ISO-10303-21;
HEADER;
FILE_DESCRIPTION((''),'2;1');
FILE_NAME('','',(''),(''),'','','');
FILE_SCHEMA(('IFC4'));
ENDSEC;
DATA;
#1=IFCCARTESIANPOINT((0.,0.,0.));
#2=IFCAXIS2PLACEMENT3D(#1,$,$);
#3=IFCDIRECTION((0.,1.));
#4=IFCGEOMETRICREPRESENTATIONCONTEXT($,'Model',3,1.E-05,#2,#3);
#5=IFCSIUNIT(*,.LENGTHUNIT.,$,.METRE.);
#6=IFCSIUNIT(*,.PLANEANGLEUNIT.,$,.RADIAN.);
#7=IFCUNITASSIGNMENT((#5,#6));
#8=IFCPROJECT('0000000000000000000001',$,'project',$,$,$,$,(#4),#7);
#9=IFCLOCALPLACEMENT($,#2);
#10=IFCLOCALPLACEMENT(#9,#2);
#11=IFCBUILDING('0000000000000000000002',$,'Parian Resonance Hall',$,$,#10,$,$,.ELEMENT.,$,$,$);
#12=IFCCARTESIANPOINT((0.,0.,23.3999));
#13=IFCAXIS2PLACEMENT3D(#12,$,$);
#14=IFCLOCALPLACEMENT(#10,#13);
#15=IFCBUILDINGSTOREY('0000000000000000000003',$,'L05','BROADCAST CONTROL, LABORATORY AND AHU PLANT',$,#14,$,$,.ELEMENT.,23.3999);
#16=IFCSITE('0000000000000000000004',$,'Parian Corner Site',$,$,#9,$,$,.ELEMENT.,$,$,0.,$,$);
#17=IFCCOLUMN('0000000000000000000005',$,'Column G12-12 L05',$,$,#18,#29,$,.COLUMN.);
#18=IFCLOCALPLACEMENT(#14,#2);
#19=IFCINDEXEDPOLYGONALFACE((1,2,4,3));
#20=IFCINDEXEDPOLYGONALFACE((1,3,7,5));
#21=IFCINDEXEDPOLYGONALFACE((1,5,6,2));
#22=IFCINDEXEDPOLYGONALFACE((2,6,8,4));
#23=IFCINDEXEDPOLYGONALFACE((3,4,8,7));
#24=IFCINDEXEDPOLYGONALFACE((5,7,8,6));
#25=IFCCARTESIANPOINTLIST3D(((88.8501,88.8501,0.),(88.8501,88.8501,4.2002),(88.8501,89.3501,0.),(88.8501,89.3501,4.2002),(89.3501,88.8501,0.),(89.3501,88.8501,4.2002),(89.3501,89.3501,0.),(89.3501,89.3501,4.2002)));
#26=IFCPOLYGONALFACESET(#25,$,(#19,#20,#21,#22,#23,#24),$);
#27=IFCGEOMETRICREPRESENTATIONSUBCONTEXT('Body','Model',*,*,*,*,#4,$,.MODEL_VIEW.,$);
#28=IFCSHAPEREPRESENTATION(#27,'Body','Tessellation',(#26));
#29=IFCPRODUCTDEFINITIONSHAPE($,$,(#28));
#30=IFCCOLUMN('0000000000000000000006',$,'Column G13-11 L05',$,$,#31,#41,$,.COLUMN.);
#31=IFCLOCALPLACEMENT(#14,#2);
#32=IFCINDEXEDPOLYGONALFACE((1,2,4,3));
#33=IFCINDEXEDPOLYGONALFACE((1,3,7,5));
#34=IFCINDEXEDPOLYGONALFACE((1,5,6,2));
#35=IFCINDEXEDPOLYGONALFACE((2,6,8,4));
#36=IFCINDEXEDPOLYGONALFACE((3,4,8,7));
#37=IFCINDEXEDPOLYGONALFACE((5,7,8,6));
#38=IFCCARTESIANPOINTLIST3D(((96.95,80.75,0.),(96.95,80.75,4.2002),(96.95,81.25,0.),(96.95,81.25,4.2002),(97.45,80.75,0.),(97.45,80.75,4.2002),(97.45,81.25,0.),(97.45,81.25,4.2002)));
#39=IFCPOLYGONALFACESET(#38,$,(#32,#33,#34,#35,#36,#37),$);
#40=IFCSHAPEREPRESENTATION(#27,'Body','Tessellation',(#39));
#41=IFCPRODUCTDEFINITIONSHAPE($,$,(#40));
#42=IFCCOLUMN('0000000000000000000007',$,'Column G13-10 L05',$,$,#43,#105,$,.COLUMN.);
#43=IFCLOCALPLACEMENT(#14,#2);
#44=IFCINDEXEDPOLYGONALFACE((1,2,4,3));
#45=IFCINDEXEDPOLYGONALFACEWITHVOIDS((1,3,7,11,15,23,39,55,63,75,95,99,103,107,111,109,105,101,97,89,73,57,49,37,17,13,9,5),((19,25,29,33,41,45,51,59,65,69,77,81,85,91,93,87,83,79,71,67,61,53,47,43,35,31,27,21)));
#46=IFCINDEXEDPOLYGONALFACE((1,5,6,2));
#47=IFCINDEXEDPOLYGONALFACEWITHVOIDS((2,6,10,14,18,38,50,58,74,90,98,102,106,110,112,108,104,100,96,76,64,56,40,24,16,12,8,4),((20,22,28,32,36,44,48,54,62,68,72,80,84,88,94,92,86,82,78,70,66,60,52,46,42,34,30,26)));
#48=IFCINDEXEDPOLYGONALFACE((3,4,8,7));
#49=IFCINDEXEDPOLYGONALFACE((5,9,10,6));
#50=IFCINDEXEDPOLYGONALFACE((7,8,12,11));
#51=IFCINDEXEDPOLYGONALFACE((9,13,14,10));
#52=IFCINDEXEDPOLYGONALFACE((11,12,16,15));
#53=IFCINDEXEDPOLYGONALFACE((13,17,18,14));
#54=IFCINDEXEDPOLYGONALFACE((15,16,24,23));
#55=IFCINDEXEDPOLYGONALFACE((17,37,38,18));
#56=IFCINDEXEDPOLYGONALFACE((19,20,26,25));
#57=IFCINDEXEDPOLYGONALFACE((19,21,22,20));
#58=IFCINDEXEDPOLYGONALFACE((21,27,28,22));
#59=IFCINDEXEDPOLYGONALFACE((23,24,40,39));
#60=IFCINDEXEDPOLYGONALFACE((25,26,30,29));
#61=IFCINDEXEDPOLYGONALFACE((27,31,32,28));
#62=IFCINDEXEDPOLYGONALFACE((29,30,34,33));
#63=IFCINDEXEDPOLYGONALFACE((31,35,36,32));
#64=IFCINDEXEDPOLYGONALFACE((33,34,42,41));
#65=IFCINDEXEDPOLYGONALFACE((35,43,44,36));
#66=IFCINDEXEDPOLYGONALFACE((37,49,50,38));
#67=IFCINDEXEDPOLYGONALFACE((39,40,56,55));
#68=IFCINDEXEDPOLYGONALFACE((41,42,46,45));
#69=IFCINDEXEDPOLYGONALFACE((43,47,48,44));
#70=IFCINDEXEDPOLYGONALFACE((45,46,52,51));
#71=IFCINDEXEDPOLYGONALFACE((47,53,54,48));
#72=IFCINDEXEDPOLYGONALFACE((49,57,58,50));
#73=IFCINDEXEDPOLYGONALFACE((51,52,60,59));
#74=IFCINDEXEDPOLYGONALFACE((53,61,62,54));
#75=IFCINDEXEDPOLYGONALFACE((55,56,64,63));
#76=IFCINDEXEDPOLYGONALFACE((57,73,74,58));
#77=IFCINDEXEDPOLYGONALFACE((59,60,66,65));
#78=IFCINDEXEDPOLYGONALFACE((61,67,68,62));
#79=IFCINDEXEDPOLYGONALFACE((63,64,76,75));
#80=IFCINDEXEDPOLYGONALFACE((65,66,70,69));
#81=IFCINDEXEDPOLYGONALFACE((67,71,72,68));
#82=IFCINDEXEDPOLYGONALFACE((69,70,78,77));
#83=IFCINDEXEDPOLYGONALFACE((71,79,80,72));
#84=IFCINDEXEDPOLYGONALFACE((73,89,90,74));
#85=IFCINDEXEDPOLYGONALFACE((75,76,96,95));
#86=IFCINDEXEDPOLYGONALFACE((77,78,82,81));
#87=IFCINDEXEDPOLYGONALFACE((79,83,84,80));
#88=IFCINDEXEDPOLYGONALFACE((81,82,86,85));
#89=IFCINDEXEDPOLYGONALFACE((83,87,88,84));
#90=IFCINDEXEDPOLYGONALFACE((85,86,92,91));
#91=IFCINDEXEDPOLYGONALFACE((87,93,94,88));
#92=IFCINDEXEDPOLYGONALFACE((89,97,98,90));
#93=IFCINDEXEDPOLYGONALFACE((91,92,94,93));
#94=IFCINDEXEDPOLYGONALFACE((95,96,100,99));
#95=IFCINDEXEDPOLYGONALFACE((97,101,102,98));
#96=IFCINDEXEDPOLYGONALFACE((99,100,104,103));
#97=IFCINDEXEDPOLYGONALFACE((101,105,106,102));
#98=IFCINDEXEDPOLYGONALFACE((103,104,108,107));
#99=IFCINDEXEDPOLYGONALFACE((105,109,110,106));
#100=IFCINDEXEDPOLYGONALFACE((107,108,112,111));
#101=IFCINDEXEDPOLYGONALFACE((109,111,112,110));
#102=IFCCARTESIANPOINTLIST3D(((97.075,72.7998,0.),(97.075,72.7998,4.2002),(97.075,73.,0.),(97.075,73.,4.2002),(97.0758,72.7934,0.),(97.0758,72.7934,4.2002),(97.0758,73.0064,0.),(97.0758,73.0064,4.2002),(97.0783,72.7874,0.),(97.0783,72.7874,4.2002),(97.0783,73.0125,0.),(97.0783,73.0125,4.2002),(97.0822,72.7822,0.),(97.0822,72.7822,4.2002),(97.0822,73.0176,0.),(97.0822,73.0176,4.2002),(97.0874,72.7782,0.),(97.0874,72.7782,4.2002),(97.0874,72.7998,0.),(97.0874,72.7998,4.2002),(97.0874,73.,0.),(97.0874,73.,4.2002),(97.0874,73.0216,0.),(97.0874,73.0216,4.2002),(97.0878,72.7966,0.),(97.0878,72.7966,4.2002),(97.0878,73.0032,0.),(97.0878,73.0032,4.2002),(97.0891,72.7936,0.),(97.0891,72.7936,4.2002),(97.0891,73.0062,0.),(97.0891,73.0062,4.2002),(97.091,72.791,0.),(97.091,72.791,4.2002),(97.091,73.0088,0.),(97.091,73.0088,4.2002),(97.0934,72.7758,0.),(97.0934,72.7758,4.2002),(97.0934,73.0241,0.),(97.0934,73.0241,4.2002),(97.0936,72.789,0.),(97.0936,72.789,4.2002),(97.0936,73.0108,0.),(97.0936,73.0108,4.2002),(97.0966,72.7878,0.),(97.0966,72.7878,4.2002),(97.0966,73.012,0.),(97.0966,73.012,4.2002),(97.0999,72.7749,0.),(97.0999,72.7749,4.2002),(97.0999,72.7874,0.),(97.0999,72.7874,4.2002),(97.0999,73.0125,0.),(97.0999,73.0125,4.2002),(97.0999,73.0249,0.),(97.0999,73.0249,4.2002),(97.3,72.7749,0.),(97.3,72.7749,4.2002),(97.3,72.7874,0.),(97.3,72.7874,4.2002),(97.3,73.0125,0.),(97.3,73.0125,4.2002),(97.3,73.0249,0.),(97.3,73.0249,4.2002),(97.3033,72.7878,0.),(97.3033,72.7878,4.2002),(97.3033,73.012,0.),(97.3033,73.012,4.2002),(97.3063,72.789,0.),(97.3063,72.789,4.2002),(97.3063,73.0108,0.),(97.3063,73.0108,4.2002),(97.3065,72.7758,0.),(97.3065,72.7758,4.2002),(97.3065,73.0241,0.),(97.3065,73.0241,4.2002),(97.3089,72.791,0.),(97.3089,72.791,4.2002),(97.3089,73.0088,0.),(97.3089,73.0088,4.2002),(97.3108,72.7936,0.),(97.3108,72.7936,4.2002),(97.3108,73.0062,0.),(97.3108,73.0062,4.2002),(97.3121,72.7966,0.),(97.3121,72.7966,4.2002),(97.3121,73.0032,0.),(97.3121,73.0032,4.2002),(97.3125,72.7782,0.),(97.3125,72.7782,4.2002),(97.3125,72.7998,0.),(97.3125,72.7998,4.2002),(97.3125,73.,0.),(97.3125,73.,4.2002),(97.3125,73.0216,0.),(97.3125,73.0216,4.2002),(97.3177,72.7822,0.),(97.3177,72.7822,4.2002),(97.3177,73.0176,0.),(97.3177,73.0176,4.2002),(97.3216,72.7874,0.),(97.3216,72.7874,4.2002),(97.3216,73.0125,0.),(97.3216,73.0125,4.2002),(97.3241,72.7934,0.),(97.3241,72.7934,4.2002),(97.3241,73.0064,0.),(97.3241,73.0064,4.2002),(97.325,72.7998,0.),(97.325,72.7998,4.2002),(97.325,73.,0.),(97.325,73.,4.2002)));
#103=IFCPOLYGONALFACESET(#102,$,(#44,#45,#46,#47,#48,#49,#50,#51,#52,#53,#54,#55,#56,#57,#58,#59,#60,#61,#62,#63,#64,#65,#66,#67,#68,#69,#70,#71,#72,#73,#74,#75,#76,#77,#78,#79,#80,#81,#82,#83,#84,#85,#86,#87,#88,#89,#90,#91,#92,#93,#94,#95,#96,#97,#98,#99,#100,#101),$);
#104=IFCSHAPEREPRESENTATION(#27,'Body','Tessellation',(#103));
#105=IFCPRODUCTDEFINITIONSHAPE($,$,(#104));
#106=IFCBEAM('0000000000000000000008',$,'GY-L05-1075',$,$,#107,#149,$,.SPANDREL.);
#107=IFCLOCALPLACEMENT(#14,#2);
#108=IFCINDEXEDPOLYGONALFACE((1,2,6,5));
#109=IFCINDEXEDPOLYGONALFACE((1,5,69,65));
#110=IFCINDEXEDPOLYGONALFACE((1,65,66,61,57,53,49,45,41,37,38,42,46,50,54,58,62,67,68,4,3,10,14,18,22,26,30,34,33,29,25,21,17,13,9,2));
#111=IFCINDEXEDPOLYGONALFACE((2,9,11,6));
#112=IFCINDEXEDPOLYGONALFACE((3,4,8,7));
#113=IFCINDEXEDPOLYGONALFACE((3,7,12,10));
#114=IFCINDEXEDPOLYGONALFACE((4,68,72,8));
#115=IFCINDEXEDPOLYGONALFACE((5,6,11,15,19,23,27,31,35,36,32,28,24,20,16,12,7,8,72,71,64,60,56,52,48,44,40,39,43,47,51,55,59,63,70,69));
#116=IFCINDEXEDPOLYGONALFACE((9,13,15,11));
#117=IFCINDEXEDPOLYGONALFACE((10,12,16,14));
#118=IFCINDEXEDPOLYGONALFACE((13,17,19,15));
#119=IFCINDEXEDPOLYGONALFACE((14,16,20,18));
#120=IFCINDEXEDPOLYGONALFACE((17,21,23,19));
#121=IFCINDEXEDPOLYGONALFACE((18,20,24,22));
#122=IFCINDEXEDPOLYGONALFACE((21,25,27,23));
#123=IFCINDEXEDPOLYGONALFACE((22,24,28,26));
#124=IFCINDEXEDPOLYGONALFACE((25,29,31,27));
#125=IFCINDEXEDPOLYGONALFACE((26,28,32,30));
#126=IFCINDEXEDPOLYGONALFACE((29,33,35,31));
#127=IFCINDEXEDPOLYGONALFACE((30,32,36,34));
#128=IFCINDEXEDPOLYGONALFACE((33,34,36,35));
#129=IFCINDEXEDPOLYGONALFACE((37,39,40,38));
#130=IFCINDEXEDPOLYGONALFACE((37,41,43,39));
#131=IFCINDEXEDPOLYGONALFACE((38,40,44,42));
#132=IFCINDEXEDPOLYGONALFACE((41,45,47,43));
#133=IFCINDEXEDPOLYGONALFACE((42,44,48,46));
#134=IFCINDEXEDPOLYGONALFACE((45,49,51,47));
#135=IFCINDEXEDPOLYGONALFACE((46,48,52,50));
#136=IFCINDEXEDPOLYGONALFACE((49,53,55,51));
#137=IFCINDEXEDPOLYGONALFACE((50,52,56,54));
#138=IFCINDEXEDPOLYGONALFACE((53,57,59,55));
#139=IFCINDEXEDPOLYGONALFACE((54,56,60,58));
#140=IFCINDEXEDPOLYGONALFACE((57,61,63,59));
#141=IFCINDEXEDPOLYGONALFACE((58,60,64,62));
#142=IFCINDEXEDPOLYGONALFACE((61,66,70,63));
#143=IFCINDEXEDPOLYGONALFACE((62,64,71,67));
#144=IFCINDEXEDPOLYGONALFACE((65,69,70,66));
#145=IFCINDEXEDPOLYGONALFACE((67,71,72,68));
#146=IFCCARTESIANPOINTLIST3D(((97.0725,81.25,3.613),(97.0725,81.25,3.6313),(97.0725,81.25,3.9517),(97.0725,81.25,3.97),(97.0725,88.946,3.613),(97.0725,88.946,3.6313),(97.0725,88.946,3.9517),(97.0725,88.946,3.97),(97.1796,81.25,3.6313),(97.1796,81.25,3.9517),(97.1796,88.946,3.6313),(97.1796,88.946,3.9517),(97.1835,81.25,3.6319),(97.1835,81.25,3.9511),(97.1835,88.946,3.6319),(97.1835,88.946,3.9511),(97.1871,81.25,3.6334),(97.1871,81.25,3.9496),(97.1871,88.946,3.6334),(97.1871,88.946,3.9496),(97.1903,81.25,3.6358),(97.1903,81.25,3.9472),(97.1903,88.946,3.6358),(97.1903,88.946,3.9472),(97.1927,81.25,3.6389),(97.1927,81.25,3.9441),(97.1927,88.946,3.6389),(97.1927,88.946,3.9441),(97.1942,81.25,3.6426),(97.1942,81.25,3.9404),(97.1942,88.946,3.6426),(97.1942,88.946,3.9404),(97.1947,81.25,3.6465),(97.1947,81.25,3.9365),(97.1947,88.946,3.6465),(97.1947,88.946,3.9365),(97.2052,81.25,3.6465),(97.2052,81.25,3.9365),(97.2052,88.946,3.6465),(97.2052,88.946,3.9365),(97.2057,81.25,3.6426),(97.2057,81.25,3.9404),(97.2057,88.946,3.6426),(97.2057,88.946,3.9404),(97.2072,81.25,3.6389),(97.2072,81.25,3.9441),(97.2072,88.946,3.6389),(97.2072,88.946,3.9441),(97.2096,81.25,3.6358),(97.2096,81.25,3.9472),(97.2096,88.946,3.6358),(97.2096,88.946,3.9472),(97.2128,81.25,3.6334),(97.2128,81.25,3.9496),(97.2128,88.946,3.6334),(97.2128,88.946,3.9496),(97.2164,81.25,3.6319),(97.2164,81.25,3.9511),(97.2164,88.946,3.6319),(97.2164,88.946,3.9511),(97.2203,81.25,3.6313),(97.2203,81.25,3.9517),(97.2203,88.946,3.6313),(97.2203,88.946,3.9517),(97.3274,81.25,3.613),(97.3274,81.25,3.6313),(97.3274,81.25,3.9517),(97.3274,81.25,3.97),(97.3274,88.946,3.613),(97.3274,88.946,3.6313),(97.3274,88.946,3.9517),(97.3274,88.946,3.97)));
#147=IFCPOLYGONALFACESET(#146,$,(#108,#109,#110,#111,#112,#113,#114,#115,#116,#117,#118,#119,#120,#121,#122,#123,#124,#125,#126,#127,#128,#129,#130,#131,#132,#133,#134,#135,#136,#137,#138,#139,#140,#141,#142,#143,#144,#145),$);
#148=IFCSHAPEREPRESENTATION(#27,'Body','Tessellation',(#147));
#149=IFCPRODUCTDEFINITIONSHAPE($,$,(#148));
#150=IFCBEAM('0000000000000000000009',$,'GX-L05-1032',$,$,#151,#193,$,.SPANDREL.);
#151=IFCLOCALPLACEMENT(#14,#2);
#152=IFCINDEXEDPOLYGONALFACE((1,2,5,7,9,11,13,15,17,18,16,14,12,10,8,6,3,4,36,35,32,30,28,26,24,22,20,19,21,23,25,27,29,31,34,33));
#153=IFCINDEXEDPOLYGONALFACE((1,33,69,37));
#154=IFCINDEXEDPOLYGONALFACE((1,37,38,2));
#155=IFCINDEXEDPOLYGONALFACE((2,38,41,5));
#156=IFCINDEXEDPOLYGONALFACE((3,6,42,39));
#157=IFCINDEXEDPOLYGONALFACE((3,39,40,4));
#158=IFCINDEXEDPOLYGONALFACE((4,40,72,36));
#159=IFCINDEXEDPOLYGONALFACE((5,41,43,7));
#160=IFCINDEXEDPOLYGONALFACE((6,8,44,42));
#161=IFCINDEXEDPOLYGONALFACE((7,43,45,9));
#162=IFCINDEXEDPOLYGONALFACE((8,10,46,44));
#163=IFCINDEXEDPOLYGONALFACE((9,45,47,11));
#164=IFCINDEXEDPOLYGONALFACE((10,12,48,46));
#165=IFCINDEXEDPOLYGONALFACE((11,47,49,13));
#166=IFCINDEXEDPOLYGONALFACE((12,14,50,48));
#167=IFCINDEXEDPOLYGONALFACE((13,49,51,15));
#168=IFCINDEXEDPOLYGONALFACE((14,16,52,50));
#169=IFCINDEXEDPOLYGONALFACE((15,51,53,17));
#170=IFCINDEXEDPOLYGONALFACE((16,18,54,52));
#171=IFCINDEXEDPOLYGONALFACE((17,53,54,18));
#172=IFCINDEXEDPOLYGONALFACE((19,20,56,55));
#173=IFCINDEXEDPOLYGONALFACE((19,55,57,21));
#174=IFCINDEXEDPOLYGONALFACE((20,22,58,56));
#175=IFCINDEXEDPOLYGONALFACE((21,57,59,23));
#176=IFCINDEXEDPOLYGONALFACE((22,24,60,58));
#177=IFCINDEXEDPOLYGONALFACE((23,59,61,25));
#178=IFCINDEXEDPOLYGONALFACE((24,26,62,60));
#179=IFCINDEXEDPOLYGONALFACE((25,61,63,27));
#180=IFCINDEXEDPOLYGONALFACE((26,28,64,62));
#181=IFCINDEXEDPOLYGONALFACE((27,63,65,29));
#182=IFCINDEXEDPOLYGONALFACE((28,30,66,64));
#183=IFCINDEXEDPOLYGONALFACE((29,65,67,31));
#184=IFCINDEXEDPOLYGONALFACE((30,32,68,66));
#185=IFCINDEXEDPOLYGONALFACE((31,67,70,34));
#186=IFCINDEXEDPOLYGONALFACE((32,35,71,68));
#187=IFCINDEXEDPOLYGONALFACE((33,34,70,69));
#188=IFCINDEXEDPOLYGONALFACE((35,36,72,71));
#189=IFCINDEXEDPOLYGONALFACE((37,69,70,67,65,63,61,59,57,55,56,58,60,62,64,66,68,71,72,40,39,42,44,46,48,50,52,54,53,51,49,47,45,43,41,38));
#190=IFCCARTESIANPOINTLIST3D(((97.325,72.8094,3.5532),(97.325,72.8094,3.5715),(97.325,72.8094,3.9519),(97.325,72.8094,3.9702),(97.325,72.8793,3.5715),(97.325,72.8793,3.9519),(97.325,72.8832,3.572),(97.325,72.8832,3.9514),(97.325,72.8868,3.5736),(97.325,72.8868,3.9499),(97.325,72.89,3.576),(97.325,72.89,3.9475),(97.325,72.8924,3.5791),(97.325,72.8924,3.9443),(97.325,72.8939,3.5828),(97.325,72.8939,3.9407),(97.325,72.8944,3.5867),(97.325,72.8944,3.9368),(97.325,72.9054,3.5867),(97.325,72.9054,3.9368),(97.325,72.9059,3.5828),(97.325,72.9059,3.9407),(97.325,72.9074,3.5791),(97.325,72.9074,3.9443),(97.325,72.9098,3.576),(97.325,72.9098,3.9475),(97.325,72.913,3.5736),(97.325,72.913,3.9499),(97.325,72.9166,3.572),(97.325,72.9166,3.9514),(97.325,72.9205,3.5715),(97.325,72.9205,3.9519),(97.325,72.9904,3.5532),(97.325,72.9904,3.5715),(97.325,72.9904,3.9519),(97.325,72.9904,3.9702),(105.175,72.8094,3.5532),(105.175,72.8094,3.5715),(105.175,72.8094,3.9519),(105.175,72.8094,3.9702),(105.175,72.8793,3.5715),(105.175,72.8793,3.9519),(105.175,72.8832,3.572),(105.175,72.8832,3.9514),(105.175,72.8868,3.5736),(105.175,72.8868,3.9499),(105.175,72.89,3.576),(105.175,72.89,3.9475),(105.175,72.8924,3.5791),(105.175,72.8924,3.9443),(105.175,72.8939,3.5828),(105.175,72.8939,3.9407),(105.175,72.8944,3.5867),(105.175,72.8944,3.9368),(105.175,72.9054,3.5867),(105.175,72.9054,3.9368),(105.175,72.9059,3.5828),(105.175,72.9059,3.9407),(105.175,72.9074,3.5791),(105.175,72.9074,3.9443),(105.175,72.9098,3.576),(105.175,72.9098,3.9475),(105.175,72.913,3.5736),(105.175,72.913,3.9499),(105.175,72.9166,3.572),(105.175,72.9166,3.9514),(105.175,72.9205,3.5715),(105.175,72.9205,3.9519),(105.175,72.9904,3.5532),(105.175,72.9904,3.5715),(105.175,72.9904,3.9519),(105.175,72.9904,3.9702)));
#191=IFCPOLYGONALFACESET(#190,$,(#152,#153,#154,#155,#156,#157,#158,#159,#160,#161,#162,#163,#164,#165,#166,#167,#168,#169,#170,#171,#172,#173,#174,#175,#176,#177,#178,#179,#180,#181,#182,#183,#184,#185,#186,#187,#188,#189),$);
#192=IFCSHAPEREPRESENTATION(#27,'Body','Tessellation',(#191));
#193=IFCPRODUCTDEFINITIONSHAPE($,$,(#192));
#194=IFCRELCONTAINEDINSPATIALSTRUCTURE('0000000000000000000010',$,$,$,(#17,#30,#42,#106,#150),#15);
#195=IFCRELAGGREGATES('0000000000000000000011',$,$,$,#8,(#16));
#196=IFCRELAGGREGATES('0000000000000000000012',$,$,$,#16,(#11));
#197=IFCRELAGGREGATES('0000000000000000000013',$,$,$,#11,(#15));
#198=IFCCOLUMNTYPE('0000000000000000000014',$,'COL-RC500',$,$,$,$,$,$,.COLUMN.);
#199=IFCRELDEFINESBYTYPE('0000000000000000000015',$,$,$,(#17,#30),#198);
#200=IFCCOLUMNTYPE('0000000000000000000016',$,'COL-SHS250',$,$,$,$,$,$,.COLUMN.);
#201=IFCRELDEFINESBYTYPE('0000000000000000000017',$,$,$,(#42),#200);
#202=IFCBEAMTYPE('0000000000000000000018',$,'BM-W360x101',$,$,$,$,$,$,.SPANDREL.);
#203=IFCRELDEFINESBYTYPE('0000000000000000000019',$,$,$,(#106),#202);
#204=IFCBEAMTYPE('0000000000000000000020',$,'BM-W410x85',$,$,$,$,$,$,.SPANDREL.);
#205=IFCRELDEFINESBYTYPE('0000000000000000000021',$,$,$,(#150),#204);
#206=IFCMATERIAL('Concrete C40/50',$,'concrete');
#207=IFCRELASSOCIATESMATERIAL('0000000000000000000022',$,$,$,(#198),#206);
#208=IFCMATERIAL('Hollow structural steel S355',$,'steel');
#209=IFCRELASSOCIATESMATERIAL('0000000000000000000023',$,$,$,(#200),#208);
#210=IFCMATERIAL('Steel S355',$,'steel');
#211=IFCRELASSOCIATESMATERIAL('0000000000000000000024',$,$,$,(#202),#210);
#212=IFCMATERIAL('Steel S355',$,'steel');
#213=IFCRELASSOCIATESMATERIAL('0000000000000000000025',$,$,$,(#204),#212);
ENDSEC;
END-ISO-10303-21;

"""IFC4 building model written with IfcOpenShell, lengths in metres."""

from ifc_helpers import new_model, si_unit, direction, frame, origin, origin_2d, place, context, subcontext, project, spatial, rectangle, hollow_rectangle, i_section, extrude, material, material_profile, profile_set, type_object, element, save


model = new_model("IFC4")

# Units and contexts
model_context = context("Model", 3, precision=1e-05, world=origin(), true_north=direction((0.0, 1.0)))
body_context = subcontext(model_context, "Body", "Model", "MODEL_VIEW")
ifc_project = project(units=[si_unit("LENGTHUNIT", "METRE"), si_unit("PLANEANGLEUNIT", "RADIAN")], contexts=[model_context])

# Site, building, storey
site_placement = place(None, origin())
site = spatial("IfcSite", under=ifc_project, at=site_placement, Name="Parian Corner Site", CompositionType="ELEMENT", RefElevation=0.0)
building_placement = place(site_placement, origin())
building = spatial("IfcBuilding", under=site, at=building_placement, Name="Parian Resonance Hall", CompositionType="ELEMENT")
storey_placement = place(building_placement, frame((0.0, 0.0, 23.3999)))
storey = spatial("IfcBuildingStorey", under=building, at=storey_placement, Name="L05", Description="BROADCAST CONTROL, LABORATORY AND AHU PLANT", CompositionType="ELEMENT", Elevation=23.3999)

# Columns
ifc_material_1 = material(Name="Concrete C40/50", Category="concrete")
ifc_material_profile_1 = material_profile(ifc_material_1, rectangle(XDim=0.5, YDim=0.5, at=origin_2d()), Name="RC-COL-500x500")
ifc_profile_set_1 = profile_set([ifc_material_profile_1], Name="Concrete C40/50")
column_type_1 = type_object("IfcColumnType", Name="COL-RC500", PredefinedType="COLUMN", material=ifc_profile_set_1)
for number, where, z_axis, x_axis, name in (
    (1, (89.1001, 89.1001, 0.0), (0.0, 0.0, 1.0), (1.0, 0.0, 0.0), "Column G12-12 L05"),
    (2, (97.2, 81.0, 0.0), (0.0, 0.0, 1.0), (1.0, 0.0, 0.0), "Column G13-11 L05"),
):
    element("IfcColumn", number, at=place(storey_placement, frame(where, z_axis=z_axis, x_axis=x_axis)), inside=storey, type_object=column_type_1, Name=name, PredefinedType="COLUMN", context=body_context, shape_type="SweptSolid", body=[
        extrude(rectangle(XDim=0.5, YDim=0.5, at=origin_2d()), origin(), (0.0, 0.0, 1.0), 4.2002),
    ])
ifc_material_2 = material(Name="Hollow structural steel S355", Category="steel")
ifc_material_profile_2 = material_profile(ifc_material_2, hollow_rectangle(XDim=0.25, YDim=0.25, WallThickness=0.0125, InnerFilletRadius=0.0125, OuterFilletRadius=0.0249, at=origin_2d()), Name="SHS250x250x12.5")
ifc_profile_set_2 = profile_set([ifc_material_profile_2], Name="Hollow structural steel S355")
column_type_2 = type_object("IfcColumnType", Name="COL-SHS250", PredefinedType="COLUMN", material=ifc_profile_set_2)
column_placement = place(storey_placement, frame((97.2, 72.8999, 0.0), z_axis=(0.0, 0.0, 1.0), x_axis=(1.0, 0.0, 0.0)))
element("IfcColumn", 3, at=column_placement, inside=storey, type_object=column_type_2, Name="Column G13-10 L05", PredefinedType="COLUMN", context=body_context, shape_type="SweptSolid", body=[
    extrude(hollow_rectangle(XDim=0.25, YDim=0.25, WallThickness=0.0125, InnerFilletRadius=0.0125, OuterFilletRadius=0.0249, at=origin_2d()), origin(), (0.0, 0.0, 1.0), 4.2002),
])

# Beams
ifc_material_3 = material(Name="Steel S355", Category="steel")
ifc_material_profile_3 = material_profile(ifc_material_3, i_section(OverallWidth=0.2549, OverallDepth=0.3569, WebThickness=0.0105, FlangeThickness=0.0183, FilletRadius=0.0151, at=origin_2d()), Name="W360x101")
ifc_profile_set_3 = profile_set([ifc_material_profile_3], Name="Steel S355")
beam_type_1 = type_object("IfcBeamType", Name="BM-W360x101", PredefinedType="SPANDREL", material=ifc_profile_set_3)
beam_1_placement = place(storey_placement, frame((97.2, 81.25, 3.7915), z_axis=(0.0, 1.0, 0.0), x_axis=(-1.0, 0.0, 0.0)))
element("IfcBeam", 4, at=beam_1_placement, inside=storey, type_object=beam_type_1, Name="GY-L05-1075", PredefinedType="SPANDREL", context=body_context, shape_type="SweptSolid", body=[
    extrude(i_section(OverallWidth=0.2549, OverallDepth=0.3569, WebThickness=0.0105, FlangeThickness=0.0183, FilletRadius=0.0151, at=origin_2d()), origin(), (0.0, 0.0, 1.0), 7.696),
])
ifc_material_4 = material(Name="Steel S355", Category="steel")
ifc_material_profile_4 = material_profile(ifc_material_4, i_section(OverallWidth=0.1809, OverallDepth=0.417, WebThickness=0.011, FlangeThickness=0.0183, FilletRadius=0.0151, at=origin_2d()), Name="W410x85")
ifc_profile_set_4 = profile_set([ifc_material_profile_4], Name="Steel S355")
beam_type_2 = type_object("IfcBeamType", Name="BM-W410x85", PredefinedType="SPANDREL", material=ifc_profile_set_4)
beam_2_placement = place(storey_placement, frame((97.325, 72.8999, 3.7617), z_axis=(1.0, 0.0, 0.0), x_axis=(0.0, 1.0, 0.0)))
element("IfcBeam", 5, at=beam_2_placement, inside=storey, type_object=beam_type_2, Name="GX-L05-1032", PredefinedType="SPANDREL", context=body_context, shape_type="SweptSolid", body=[
    extrude(i_section(OverallWidth=0.1809, OverallDepth=0.417, WebThickness=0.011, FlangeThickness=0.0183, FilletRadius=0.0151, at=origin_2d()), origin(), (0.0, 0.0, 1.0), 7.8501),
])

save(model, "model.ifc")
